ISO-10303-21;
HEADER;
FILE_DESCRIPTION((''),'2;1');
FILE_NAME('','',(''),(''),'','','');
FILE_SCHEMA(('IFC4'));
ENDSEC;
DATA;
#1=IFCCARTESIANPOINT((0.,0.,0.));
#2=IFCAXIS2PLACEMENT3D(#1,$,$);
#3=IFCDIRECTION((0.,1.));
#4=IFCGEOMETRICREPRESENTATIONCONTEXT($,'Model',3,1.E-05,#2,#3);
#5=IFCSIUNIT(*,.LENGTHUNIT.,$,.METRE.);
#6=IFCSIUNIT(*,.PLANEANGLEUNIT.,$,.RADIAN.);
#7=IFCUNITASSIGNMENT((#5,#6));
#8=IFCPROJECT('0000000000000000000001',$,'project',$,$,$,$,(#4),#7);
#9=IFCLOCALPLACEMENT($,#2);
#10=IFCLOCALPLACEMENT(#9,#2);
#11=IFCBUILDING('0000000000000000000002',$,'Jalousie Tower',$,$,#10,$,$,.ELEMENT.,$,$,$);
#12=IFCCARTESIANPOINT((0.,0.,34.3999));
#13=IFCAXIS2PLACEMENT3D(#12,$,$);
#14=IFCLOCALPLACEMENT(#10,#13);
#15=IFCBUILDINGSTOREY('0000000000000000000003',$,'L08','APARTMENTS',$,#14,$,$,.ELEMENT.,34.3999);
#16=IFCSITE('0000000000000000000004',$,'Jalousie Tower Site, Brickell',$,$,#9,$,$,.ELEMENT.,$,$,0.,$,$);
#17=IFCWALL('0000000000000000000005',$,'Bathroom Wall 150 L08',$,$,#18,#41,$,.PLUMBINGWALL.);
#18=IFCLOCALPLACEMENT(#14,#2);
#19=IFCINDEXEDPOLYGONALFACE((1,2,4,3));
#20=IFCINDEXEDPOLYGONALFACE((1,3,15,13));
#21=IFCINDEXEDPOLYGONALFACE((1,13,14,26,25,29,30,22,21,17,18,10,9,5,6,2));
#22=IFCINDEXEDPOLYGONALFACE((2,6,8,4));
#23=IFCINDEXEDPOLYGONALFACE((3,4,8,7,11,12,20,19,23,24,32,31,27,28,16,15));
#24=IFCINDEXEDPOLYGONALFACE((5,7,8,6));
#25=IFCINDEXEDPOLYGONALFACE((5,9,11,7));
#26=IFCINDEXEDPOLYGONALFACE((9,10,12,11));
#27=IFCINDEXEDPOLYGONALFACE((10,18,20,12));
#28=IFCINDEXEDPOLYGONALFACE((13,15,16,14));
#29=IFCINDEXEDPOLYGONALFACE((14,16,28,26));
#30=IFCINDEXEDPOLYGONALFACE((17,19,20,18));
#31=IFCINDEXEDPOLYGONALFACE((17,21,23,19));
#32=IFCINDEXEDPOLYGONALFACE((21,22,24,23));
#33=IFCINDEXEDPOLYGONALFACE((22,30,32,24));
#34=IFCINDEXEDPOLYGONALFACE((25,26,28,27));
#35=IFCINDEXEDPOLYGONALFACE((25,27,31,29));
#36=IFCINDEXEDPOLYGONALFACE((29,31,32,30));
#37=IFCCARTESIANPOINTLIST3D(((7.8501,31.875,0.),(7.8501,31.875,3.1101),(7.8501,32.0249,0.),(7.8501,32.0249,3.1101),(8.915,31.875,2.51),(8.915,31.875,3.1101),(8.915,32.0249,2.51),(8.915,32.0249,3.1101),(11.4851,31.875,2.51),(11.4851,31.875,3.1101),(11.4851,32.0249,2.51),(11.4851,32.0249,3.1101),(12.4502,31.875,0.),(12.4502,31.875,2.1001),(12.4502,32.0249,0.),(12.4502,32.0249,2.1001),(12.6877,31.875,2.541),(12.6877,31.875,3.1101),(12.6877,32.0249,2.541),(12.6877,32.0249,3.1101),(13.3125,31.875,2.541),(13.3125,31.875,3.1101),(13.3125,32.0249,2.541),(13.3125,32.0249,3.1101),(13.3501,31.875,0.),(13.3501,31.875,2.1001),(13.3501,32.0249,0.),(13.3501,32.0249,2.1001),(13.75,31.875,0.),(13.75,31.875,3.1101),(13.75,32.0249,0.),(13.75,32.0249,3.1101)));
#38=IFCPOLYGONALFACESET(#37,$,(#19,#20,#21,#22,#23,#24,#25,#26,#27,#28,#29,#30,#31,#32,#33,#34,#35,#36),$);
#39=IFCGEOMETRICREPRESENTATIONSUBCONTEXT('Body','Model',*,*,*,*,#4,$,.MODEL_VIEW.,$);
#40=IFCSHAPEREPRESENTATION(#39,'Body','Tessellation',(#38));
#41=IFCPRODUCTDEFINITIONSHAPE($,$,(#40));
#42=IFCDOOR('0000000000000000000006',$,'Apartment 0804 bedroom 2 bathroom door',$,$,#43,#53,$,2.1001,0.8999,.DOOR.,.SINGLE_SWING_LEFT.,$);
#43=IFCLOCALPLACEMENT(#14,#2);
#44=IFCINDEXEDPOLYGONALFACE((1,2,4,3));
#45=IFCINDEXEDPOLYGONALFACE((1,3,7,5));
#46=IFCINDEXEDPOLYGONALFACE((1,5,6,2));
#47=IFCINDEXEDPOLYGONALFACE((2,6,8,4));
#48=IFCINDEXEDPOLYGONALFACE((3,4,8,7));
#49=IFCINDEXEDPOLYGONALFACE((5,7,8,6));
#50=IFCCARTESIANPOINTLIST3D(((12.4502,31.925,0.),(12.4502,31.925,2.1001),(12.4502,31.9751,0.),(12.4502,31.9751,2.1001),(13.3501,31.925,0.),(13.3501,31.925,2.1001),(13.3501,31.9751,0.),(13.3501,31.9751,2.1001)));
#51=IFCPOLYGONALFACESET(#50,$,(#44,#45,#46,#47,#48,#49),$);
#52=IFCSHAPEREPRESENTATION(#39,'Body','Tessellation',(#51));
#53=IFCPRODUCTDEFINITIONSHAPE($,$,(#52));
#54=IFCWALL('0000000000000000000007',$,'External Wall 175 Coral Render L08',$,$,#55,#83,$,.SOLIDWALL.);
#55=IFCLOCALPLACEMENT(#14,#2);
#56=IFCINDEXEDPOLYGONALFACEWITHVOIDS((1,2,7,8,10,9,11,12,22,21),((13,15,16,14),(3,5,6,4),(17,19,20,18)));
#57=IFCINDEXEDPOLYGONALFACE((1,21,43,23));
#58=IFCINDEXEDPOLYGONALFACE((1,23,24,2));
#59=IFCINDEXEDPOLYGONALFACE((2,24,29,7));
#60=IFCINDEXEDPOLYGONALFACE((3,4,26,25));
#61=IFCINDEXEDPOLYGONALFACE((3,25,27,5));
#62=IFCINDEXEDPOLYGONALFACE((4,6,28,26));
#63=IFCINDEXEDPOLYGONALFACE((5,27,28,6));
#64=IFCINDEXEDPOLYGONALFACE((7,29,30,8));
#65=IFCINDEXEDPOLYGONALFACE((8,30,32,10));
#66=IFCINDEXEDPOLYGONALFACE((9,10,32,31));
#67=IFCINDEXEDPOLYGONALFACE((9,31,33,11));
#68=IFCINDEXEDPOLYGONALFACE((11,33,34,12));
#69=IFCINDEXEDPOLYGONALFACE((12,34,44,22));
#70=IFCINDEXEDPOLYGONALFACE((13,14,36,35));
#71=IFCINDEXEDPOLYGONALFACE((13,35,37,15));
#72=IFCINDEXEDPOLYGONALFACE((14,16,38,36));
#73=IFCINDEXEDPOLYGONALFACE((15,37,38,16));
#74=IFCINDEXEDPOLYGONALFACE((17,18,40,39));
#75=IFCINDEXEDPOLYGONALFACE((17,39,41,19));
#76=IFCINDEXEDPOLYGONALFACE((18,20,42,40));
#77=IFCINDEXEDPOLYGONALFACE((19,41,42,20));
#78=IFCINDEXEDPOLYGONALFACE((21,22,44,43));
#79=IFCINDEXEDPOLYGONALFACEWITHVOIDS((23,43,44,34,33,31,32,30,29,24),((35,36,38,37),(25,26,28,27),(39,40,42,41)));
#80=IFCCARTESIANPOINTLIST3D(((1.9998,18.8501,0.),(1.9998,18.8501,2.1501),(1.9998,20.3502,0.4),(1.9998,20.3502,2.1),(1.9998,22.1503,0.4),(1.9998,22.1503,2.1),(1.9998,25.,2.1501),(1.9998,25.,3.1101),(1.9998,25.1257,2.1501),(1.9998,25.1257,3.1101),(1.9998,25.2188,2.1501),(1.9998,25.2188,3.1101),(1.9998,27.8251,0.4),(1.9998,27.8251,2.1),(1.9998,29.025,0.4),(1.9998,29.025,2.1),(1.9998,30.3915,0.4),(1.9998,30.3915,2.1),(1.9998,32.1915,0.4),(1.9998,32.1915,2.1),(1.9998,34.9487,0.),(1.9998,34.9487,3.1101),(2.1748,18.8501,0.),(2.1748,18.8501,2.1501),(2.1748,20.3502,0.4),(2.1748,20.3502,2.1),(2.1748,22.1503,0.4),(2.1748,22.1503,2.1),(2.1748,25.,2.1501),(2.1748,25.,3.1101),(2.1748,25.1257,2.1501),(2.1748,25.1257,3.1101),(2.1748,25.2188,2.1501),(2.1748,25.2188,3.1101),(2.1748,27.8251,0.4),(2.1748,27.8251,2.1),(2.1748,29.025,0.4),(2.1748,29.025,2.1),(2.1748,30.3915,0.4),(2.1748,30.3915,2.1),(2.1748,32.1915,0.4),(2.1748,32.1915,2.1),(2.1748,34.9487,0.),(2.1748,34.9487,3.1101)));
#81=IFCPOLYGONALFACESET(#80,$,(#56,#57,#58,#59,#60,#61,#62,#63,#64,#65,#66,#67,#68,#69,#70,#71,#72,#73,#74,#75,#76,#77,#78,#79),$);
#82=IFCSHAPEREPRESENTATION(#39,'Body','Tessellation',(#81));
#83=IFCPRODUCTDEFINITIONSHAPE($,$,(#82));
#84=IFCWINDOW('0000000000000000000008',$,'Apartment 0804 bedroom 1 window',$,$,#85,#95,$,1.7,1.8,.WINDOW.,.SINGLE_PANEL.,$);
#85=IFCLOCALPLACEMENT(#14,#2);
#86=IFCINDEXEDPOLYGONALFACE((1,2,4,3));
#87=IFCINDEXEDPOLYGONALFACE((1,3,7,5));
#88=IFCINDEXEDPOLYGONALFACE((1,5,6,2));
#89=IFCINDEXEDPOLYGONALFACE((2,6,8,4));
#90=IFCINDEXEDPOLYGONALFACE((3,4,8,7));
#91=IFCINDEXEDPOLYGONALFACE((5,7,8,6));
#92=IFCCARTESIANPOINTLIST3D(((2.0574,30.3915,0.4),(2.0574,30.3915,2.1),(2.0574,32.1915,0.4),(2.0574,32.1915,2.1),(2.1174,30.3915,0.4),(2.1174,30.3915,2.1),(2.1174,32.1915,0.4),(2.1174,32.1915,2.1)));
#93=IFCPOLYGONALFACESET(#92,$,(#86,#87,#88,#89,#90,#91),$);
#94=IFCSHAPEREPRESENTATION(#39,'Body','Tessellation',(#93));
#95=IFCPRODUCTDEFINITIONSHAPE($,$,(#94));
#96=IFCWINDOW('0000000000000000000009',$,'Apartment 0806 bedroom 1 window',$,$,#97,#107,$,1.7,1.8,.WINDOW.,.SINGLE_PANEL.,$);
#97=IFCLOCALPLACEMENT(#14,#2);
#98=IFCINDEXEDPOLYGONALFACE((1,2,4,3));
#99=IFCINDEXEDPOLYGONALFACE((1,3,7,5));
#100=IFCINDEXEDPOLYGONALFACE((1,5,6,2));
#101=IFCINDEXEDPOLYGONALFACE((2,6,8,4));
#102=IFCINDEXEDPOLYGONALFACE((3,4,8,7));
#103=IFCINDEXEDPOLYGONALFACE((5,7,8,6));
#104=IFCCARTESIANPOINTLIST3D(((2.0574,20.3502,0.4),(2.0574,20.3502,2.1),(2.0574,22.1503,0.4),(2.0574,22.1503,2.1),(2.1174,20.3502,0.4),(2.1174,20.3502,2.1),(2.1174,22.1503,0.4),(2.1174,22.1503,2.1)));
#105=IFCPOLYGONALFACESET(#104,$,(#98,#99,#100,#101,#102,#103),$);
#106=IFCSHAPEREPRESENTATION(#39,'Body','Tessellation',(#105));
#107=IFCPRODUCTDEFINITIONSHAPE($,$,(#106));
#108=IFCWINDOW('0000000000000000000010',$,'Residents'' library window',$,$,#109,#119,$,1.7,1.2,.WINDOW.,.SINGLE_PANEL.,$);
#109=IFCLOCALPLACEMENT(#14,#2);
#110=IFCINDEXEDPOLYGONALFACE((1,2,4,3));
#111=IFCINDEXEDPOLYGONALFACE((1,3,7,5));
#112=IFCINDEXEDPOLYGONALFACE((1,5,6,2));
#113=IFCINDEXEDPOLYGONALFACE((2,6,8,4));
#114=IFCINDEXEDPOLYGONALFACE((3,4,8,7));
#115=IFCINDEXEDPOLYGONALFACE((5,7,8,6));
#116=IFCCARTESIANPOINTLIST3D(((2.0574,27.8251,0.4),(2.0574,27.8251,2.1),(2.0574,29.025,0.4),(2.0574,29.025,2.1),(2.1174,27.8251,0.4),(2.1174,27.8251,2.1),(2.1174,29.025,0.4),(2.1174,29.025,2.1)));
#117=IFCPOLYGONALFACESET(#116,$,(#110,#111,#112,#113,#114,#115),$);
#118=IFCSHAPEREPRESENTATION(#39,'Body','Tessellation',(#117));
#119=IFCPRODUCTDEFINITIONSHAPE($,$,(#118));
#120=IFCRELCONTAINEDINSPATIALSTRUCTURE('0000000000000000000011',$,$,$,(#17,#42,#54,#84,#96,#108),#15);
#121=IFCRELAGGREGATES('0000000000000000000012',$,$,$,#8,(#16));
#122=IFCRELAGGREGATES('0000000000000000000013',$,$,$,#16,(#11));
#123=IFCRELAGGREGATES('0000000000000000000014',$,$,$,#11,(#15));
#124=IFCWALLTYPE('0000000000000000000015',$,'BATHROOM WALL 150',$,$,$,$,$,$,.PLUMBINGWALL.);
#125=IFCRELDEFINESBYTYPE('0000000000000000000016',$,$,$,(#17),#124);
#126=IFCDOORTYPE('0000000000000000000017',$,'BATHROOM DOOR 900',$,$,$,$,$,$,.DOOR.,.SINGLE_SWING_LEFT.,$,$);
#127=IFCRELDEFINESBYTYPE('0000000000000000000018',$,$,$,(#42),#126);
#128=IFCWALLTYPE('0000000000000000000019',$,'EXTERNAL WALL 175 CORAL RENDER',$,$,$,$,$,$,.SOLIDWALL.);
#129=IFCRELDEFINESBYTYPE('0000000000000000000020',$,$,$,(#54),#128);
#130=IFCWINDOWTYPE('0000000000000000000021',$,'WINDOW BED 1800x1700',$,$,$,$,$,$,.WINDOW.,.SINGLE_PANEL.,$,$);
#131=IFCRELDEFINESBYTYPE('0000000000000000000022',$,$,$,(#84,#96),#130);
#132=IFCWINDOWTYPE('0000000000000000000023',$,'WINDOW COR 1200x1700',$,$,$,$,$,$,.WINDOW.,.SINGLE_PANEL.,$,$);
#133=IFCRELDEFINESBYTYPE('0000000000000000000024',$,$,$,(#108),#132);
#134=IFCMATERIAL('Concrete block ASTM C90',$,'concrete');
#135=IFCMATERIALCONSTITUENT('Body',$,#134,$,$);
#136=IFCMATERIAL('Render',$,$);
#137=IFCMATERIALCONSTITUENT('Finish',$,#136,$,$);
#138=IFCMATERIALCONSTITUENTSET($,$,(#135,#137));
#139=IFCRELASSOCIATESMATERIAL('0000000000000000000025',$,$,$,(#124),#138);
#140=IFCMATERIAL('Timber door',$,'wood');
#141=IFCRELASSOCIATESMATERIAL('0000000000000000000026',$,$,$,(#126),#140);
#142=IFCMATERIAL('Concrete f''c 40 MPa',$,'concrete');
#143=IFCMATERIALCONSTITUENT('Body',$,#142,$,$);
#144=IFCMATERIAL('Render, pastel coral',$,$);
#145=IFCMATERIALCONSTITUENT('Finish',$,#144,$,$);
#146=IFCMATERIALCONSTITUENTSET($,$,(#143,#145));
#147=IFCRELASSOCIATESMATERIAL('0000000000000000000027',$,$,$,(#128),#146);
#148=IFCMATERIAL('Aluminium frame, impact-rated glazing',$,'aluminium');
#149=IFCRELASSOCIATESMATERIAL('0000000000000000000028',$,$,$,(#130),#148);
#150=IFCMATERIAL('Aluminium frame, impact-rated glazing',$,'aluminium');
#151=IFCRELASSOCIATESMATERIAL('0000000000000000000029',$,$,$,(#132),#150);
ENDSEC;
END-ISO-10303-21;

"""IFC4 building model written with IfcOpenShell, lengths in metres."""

from ifc_helpers import new_model, si_unit, direction, frame, frame_2d, origin, place, context, subcontext, project, spatial, polyline, rectangle, outline, extrude, material, constituent, constituent_set, type_object, element, fill, save


model = new_model("IFC4")

# Units and contexts
model_context = context("Model", 3, precision=1e-05, world=origin(), true_north=direction((0.0, 1.0)))
body_context = subcontext(model_context, "Body", "Model", "MODEL_VIEW")
ifc_project = project(units=[si_unit("LENGTHUNIT", "METRE"), si_unit("PLANEANGLEUNIT", "RADIAN")], contexts=[model_context])

# Site, building, storey
site_placement = place(None, origin())
site = spatial("IfcSite", under=ifc_project, at=site_placement, Name="Jalousie Tower Site, Brickell", CompositionType="ELEMENT", RefElevation=0.0)
building_placement = place(site_placement, origin())
building = spatial("IfcBuilding", under=site, at=building_placement, Name="Jalousie Tower", CompositionType="ELEMENT")
storey_placement = place(building_placement, frame((0.0, 0.0, 34.3999)))
storey = spatial("IfcBuildingStorey", under=building, at=storey_placement, Name="L08", Description="APARTMENTS", CompositionType="ELEMENT", Elevation=34.3999)

# Wall, opening, door
ifc_material_1 = material(Name="Concrete block ASTM C90", Category="concrete")
ifc_constituent_1 = constituent(ifc_material_1, Name="Body")
ifc_material_2 = material(Name="Render")
ifc_constituent_2 = constituent(ifc_material_2, Name="Finish")
ifc_constituent_set_1 = constituent_set(constituents=[ifc_constituent_1, ifc_constituent_2])
wall_type_1 = type_object("IfcWallType", Name="BATHROOM WALL 150", PredefinedType="PLUMBINGWALL", material=ifc_constituent_set_1)
wall_1_placement = place(storey_placement, frame((7.8501, 31.95, 0.0), z_axis=(0.0, 0.0, 1.0), x_axis=(1.0, 0.0, 0.0)))
wall_1 = element("IfcWall", 1, at=wall_1_placement, inside=storey, type_object=wall_type_1, Name="Bathroom Wall 150 L08", PredefinedType="PLUMBINGWALL", context=body_context, shape_type="SweptSolid", body=[
    extrude(outline(polyline([(0.0, 0.0), (5.8999, 0.0), (5.8999, 3.1101), (5.4624, 3.1101), (5.4624, 2.541), (4.8376, 2.541), (4.8376, 3.1101), (3.635, 3.1101), (3.635, 2.51), (1.0649, 2.51), (1.0649, 3.1101), (0.0, 3.1101), (0.0, 0.0)])), frame((0.0, 0.075, 0.0), z_axis=(0.0, -1.0, 0.0), x_axis=(1.0, 0.0, 0.0)), (0.0, 0.0, 1.0), 0.1499),
])
opening_1_placement = place(wall_1_placement, frame((4.6001, 0.0, 0.0)))
opening_1 = element("IfcOpeningElement", 2, at=opening_1_placement, cuts=wall_1, PredefinedType="OPENING", context=body_context, shape_type="SweptSolid", body=[
    extrude(rectangle(XDim=0.8999, YDim=2.1001, at=frame_2d((0.45, 1.05))), frame((0.0, 0.085, 0.0), z_axis=(0.0, -1.0, 0.0), x_axis=(1.0, 0.0, 0.0)), (0.0, 0.0, 1.0), 0.1699),
])
ifc_material_3 = material(Name="Timber door", Category="wood")
door_type_1 = type_object("IfcDoorType", Name="BATHROOM DOOR 900", OperationType="SINGLE_SWING_LEFT", PredefinedType="DOOR", material=ifc_material_3)
door_1_placement = place(opening_1_placement, frame((0.8999, 0.0, 0.0), z_axis=(0.0, 0.0, 1.0), x_axis=(-1.0, 0.0, 0.0)))
door_1 = element("IfcDoor", 3, at=door_1_placement, inside=storey, type_object=door_type_1, Name="Apartment 0804 bedroom 2 bathroom door", OperationType="SINGLE_SWING_LEFT", OverallHeight=2.1001, OverallWidth=0.8999, PredefinedType="DOOR", context=body_context, shape_type="SweptSolid", body=[
    extrude(rectangle(XDim=0.8999, YDim=2.1001, at=frame_2d((0.45, 1.05))), frame((0.0, 0.0249, 0.0), z_axis=(0.0, -1.0, 0.0), x_axis=(1.0, 0.0, 0.0)), (0.0, 0.0, 1.0), 0.05),
])
fill(opening_1, door_1)

# Wall, openings, windows
ifc_material_4 = material(Name="Concrete f'c 40 MPa", Category="concrete")
ifc_constituent_3 = constituent(ifc_material_4, Name="Body")
ifc_material_5 = material(Name="Render, pastel coral")
ifc_constituent_4 = constituent(ifc_material_5, Name="Finish")
ifc_constituent_set_2 = constituent_set(constituents=[ifc_constituent_3, ifc_constituent_4])
wall_type_2 = type_object("IfcWallType", Name="EXTERNAL WALL 175 CORAL RENDER", PredefinedType="SOLIDWALL", material=ifc_constituent_set_2)
wall_2_placement = place(storey_placement, frame((2.0874, 34.9487, 0.0), z_axis=(0.0, 0.0, 1.0), x_axis=(0.0, -1.0, 0.0)))
wall_2 = element("IfcWall", 4, at=wall_2_placement, inside=storey, type_object=wall_type_2, Name="External Wall 175 Coral Render L08", PredefinedType="SOLIDWALL", context=body_context, shape_type="SweptSolid", body=[
    extrude(outline(polyline([(0.0, 0.0), (16.0986, 0.0), (16.0986, 2.1501), (9.9487, 2.1501), (9.9487, 3.1101), (9.823, 3.1101), (9.823, 2.1501), (9.73, 2.1501), (9.73, 3.1101), (0.0, 3.1101), (0.0, 0.0)])), frame((0.0, 0.0874, 0.0), z_axis=(0.0, -1.0, 0.0), x_axis=(1.0, 0.0, 0.0)), (0.0, 0.0, 1.0), 0.175),
])
opening_2_placement = place(wall_2_placement, frame((2.7573, 0.0, 0.3999)))
opening_2 = element("IfcOpeningElement", 5, at=opening_2_placement, cuts=wall_2, PredefinedType="OPENING", context=body_context, shape_type="SweptSolid", body=[
    extrude(rectangle(XDim=1.8, YDim=1.7, at=frame_2d((0.8999, 0.8501))), frame((0.0, 0.0974, 0.0), z_axis=(0.0, -1.0, 0.0), x_axis=(1.0, 0.0, 0.0)), (0.0, 0.0, 1.0), 0.1951),
])
opening_3_placement = place(wall_2_placement, frame((5.9236, 0.0, 0.3999)))
opening_3 = element("IfcOpeningElement", 6, at=opening_3_placement, cuts=wall_2, PredefinedType="OPENING", context=body_context, shape_type="SweptSolid", body=[
    extrude(rectangle(XDim=1.2, YDim=1.7, at=frame_2d((0.6001, 0.8501))), frame((0.0, 0.0974, 0.0), z_axis=(0.0, -1.0, 0.0), x_axis=(1.0, 0.0, 0.0)), (0.0, 0.0, 1.0), 0.1951),
])
opening_4_placement = place(wall_2_placement, frame((12.7986, 0.0, 0.3999)))
opening_4 = element("IfcOpeningElement", 7, at=opening_4_placement, cuts=wall_2, PredefinedType="OPENING", context=body_context, shape_type="SweptSolid", body=[
    extrude(rectangle(XDim=1.8, YDim=1.7, at=frame_2d((0.8999, 0.8501))), frame((0.0, 0.0974, 0.0), z_axis=(0.0, -1.0, 0.0), x_axis=(1.0, 0.0, 0.0)), (0.0, 0.0, 1.0), 0.1951),
])
ifc_material_6 = material(Name="Aluminium frame, impact-rated glazing", Category="aluminium")
window_type_1 = type_object("IfcWindowType", Name="WINDOW BED 1800x1700", PartitioningType="SINGLE_PANEL", PredefinedType="WINDOW", material=ifc_material_6)
window_1_placement = place(opening_2_placement, origin())
window_1 = element("IfcWindow", 8, at=window_1_placement, inside=storey, type_object=window_type_1, Name="Apartment 0804 bedroom 1 window", OverallHeight=1.7, OverallWidth=1.8, PartitioningType="SINGLE_PANEL", PredefinedType="WINDOW", context=body_context, shape_type="SweptSolid", body=[
    extrude(rectangle(XDim=1.8, YDim=1.7, at=frame_2d((0.8999, 0.8501))), frame((0.0, 0.03, 0.0), z_axis=(0.0, -1.0, 0.0), x_axis=(1.0, 0.0, 0.0)), (0.0, 0.0, 1.0), 0.0601),
])
fill(opening_2, window_1)
window_2_placement = place(opening_4_placement, origin())
window_2 = element("IfcWindow", 9, at=window_2_placement, inside=storey, type_object=window_type_1, Name="Apartment 0806 bedroom 1 window", OverallHeight=1.7, OverallWidth=1.8, PartitioningType="SINGLE_PANEL", PredefinedType="WINDOW", context=body_context, shape_type="SweptSolid", body=[
    extrude(rectangle(XDim=1.8, YDim=1.7, at=frame_2d((0.8999, 0.8501))), frame((0.0, 0.03, 0.0), z_axis=(0.0, -1.0, 0.0), x_axis=(1.0, 0.0, 0.0)), (0.0, 0.0, 1.0), 0.0601),
])
fill(opening_4, window_2)
ifc_material_7 = material(Name="Aluminium frame, impact-rated glazing", Category="aluminium")
window_type_2 = type_object("IfcWindowType", Name="WINDOW COR 1200x1700", PartitioningType="SINGLE_PANEL", PredefinedType="WINDOW", material=ifc_material_7)
window_3_placement = place(opening_3_placement, origin())
window_3 = element("IfcWindow", 10, at=window_3_placement, inside=storey, type_object=window_type_2, Name="Residents' library window", OverallHeight=1.7, OverallWidth=1.2, PartitioningType="SINGLE_PANEL", PredefinedType="WINDOW", context=body_context, shape_type="SweptSolid", body=[
    extrude(rectangle(XDim=1.2, YDim=1.7, at=frame_2d((0.6001, 0.8501))), frame((0.0, 0.03, 0.0), z_axis=(0.0, -1.0, 0.0), x_axis=(1.0, 0.0, 0.0)), (0.0, 0.0, 1.0), 0.0601),
])
fill(opening_3, window_3)

save(model, "model.ifc")
